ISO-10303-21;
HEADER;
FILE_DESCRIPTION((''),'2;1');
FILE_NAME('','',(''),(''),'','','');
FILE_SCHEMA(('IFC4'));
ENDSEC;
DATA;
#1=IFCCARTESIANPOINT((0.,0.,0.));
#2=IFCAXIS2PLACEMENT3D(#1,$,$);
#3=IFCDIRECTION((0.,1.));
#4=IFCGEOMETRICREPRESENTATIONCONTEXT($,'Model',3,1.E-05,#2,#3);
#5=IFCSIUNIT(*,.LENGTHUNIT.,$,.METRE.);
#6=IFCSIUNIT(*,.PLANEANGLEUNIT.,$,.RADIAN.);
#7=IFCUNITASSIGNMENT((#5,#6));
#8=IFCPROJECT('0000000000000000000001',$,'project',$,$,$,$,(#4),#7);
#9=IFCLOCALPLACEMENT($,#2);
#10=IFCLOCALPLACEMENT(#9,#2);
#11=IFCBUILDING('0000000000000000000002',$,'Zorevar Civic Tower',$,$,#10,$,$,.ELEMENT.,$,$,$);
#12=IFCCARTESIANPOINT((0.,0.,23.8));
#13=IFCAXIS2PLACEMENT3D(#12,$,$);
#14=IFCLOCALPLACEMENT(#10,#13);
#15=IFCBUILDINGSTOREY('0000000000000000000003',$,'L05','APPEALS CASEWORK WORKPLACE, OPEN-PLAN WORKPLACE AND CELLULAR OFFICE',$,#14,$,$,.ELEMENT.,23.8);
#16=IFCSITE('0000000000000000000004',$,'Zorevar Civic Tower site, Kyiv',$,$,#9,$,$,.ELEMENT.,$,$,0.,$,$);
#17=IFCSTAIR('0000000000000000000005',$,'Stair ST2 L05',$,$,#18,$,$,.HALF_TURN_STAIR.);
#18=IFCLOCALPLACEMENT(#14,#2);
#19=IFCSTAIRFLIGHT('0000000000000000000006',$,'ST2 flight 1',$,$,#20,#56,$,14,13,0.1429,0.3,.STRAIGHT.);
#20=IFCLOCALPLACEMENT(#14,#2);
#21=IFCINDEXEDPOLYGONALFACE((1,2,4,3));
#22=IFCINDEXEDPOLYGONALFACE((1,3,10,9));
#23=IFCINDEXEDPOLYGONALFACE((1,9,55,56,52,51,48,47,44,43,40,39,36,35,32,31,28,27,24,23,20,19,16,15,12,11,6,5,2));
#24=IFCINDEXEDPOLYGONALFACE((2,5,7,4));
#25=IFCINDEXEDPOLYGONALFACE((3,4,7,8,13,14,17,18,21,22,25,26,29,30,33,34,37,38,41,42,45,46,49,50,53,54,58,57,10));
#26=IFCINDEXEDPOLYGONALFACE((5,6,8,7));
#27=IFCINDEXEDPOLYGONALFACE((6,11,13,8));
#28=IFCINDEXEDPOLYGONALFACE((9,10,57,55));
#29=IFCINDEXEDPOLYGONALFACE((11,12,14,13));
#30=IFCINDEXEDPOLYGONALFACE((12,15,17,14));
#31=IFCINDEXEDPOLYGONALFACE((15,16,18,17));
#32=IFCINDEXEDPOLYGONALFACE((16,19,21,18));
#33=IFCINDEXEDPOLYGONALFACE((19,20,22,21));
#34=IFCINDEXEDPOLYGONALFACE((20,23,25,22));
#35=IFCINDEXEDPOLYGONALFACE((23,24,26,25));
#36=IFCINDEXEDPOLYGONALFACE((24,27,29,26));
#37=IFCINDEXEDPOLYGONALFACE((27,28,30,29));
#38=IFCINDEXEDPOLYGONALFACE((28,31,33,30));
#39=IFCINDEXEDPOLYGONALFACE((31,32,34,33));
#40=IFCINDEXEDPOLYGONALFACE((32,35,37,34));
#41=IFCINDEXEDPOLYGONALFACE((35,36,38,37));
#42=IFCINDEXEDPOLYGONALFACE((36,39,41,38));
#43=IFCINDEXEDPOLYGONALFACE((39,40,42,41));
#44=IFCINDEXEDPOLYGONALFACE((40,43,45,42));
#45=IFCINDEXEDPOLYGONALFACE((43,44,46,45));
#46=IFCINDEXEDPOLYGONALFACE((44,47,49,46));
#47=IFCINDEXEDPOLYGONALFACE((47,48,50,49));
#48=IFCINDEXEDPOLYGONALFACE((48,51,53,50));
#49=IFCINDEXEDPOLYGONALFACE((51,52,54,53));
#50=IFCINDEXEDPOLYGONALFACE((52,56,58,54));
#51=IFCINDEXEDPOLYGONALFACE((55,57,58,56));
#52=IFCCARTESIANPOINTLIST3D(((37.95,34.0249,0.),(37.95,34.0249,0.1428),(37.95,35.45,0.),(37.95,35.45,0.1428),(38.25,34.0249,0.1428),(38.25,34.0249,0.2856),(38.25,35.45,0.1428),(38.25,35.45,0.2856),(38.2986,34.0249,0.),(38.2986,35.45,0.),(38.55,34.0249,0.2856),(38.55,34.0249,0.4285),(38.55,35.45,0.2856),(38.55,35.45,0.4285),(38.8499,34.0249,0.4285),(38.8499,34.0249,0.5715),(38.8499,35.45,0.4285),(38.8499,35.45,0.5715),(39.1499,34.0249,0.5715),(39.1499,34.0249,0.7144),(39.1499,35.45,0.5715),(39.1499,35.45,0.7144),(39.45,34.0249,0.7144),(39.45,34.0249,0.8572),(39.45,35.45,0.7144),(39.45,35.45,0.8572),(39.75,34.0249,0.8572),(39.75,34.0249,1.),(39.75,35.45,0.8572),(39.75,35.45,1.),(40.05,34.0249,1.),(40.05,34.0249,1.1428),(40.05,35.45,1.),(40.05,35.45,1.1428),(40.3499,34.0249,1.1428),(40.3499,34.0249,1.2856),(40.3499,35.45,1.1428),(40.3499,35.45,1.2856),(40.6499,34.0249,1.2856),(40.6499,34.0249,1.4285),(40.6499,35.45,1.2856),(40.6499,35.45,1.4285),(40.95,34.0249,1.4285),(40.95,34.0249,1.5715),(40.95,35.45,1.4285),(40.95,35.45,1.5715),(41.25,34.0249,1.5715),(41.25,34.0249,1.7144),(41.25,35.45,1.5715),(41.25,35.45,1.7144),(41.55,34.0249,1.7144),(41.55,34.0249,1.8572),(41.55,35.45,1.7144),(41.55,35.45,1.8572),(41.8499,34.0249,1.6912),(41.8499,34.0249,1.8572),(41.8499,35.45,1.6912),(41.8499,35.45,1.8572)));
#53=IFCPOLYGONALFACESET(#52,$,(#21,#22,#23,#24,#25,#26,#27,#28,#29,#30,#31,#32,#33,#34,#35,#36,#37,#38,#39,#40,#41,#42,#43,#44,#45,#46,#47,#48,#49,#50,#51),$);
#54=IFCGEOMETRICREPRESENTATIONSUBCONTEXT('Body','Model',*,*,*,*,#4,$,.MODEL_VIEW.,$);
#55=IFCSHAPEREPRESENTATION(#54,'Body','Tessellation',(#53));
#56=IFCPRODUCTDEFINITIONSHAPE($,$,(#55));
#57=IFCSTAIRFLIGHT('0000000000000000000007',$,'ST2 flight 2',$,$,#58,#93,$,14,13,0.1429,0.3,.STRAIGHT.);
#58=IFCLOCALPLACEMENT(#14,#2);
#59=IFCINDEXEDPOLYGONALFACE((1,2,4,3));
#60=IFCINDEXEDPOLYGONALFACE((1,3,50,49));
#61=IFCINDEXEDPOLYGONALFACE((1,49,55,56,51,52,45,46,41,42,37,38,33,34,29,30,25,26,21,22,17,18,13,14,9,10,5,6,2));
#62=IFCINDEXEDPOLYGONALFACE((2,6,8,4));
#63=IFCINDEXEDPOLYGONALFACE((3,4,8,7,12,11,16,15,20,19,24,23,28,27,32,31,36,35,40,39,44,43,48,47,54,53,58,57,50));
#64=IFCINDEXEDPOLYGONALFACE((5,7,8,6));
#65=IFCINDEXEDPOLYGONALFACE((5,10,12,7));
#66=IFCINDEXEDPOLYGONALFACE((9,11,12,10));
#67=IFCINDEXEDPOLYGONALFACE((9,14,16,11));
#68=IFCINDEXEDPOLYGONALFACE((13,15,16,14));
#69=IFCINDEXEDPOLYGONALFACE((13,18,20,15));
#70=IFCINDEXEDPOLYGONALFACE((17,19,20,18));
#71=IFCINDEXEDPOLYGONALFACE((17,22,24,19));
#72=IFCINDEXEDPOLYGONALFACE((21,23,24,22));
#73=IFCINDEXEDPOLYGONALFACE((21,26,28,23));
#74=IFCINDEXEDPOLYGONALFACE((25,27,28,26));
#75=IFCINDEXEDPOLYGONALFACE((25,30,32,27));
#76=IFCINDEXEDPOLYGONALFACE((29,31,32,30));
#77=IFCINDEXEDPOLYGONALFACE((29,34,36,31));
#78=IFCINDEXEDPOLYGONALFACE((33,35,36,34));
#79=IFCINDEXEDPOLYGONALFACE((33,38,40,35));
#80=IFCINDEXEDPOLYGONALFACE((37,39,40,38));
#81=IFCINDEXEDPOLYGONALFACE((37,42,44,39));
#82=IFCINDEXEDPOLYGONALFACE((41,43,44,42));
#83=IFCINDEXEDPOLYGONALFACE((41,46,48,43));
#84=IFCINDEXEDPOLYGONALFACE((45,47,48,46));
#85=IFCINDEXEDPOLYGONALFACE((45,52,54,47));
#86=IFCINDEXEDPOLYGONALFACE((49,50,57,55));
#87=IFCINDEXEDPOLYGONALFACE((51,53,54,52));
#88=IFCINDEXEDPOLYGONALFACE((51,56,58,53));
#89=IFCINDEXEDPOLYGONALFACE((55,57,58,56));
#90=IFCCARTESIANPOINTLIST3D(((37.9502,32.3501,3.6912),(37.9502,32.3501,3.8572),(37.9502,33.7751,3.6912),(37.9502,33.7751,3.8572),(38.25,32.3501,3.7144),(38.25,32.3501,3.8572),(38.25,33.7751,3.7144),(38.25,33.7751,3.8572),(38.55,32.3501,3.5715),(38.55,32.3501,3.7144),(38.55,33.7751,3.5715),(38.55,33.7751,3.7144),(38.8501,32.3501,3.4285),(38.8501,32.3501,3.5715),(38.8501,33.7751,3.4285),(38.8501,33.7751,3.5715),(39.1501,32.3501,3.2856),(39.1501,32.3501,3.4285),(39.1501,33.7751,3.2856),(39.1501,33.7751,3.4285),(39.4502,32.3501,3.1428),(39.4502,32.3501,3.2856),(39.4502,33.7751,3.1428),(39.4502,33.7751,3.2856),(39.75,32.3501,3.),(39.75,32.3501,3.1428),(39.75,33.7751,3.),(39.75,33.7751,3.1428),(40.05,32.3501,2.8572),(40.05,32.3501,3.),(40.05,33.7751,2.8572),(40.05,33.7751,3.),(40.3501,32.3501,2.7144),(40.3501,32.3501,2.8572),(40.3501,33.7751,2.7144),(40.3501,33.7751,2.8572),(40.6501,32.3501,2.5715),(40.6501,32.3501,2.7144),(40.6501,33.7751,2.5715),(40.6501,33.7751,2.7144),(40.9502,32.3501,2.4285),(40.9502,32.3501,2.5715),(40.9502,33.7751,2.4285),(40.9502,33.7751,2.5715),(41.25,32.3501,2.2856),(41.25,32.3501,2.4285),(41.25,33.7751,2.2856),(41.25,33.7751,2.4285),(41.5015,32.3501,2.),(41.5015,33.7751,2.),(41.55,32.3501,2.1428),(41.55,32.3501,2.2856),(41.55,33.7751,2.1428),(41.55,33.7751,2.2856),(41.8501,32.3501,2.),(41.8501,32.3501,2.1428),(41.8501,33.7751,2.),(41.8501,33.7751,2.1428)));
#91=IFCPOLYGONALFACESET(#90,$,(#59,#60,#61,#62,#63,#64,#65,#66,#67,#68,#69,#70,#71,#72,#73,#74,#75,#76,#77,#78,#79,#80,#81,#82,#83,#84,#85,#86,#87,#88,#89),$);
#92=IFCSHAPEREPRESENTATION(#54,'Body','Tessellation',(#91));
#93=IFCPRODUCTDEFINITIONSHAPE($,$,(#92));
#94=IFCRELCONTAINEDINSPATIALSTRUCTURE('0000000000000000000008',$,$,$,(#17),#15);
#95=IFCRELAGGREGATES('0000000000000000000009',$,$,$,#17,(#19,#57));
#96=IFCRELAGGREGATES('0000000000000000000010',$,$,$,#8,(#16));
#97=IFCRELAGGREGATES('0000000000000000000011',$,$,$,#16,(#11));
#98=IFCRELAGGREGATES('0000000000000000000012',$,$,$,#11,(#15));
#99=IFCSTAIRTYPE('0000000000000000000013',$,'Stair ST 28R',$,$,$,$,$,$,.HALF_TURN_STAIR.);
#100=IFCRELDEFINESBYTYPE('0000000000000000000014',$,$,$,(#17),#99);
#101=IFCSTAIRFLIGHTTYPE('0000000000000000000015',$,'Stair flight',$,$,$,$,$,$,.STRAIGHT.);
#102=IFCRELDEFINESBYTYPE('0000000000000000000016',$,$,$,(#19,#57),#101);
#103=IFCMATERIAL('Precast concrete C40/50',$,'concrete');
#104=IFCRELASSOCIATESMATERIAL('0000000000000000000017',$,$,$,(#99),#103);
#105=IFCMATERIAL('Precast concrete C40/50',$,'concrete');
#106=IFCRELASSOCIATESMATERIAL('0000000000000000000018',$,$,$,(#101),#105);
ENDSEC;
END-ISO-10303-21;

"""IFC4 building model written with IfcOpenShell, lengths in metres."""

from ifc_helpers import new_model, si_unit, direction, frame, origin, place, context, subcontext, project, spatial, polyline, outline, extrude, material, type_object, element, aggregate, save


model = new_model("IFC4")

# Units and contexts
model_context = context("Model", 3, precision=1e-05, world=origin(), true_north=direction((0.0, 1.0)))
body_context = subcontext(model_context, "Body", "Model", "MODEL_VIEW")
ifc_project = project(units=[si_unit("LENGTHUNIT", "METRE"), si_unit("PLANEANGLEUNIT", "RADIAN")], contexts=[model_context])

# Site, building, storey
site_placement = place(None, origin())
site = spatial("IfcSite", under=ifc_project, at=site_placement, Name="Zorevar Civic Tower site, Kyiv", CompositionType="ELEMENT", RefElevation=0.0)
building_placement = place(site_placement, origin())
building = spatial("IfcBuilding", under=site, at=building_placement, Name="Zorevar Civic Tower", CompositionType="ELEMENT")
storey_placement = place(building_placement, frame((0.0, 0.0, 23.8)))
storey = spatial("IfcBuildingStorey", under=building, at=storey_placement, Name="L05", Description="APPEALS CASEWORK WORKPLACE, OPEN-PLAN WORKPLACE AND CELLULAR OFFICE", CompositionType="ELEMENT", Elevation=23.8)

# Stair, stair flights
ifc_material_1 = material(Name="Precast concrete C40/50", Category="concrete")
stair_type = type_object("IfcStairType", Name="Stair ST 28R", PredefinedType="HALF_TURN_STAIR", material=ifc_material_1)
stair_placement = place(storey_placement, origin())
stair = element("IfcStair", 1, at=stair_placement, inside=storey, type_object=stair_type, Name="Stair ST2 L05", PredefinedType="HALF_TURN_STAIR")
ifc_material_2 = material(Name="Precast concrete C40/50", Category="concrete")
stair_flight_type = type_object("IfcStairFlightType", Name="Stair flight", PredefinedType="STRAIGHT", material=ifc_material_2)
stair_flight_1_placement = place(storey_placement, frame((37.95, 34.7375, 0.0), z_axis=(0.0, 0.0, 1.0), x_axis=(1.0, 0.0, 0.0)))
stair_flight_1 = element("IfcStairFlight", 2, at=stair_flight_1_placement, type_object=stair_flight_type, Name="ST2 flight 1", NumberOfRisers=14, NumberOfTreads=13, PredefinedType="STRAIGHT", RiserHeight=0.1429, TreadLength=0.3, context=body_context, shape_type="SweptSolid", body=[
    extrude(outline(polyline([(0.0, 0.0), (0.0, 0.1428), (0.3, 0.1428), (0.3, 0.2856), (0.6001, 0.2856), (0.6001, 0.4285), (0.8999, 0.4285), (0.8999, 0.5715), (1.2, 0.5715), (1.2, 0.7144), (1.5, 0.7144), (1.5, 0.8572), (1.8, 0.8572), (1.8, 1.0), (2.1001, 1.0), (2.1001, 1.1428), (2.3999, 1.1428), (2.3999, 1.2856), (2.7, 1.2856), (2.7, 1.4285), (3.0, 1.4285), (3.0, 1.5715), (3.3, 1.5715), (3.3, 1.7144), (3.6001, 1.7144), (3.6001, 1.8572), (3.8999, 1.8572), (3.8999, 2.0), (3.8999, 1.6912), (0.3486, 0.0), (0.0, 0.0)])), frame((0.0, 0.7124, 0.0), z_axis=(0.0, -1.0, 0.0), x_axis=(1.0, 0.0, 0.0)), (0.0, 0.0, 1.0), 1.425),
])
stair_flight_2_placement = place(storey_placement, frame((41.8501, 33.0625, 2.0), z_axis=(0.0, 0.0, 1.0), x_axis=(-1.0, 0.0, 0.0)))
stair_flight_2 = element("IfcStairFlight", 3, at=stair_flight_2_placement, type_object=stair_flight_type, Name="ST2 flight 2", NumberOfRisers=14, NumberOfTreads=13, PredefinedType="STRAIGHT", RiserHeight=0.1429, TreadLength=0.3, context=body_context, shape_type="SweptSolid", body=[
    extrude(outline(polyline([(0.0, 0.0), (0.0, 0.1428), (0.3, 0.1428), (0.3, 0.2856), (0.6001, 0.2856), (0.6001, 0.4285), (0.8999, 0.4285), (0.8999, 0.5715), (1.2, 0.5715), (1.2, 0.7144), (1.5, 0.7144), (1.5, 0.8572), (1.8, 0.8572), (1.8, 1.0), (2.1001, 1.0), (2.1001, 1.1428), (2.3999, 1.1428), (2.3999, 1.2856), (2.7, 1.2856), (2.7, 1.4285), (3.0, 1.4285), (3.0, 1.5715), (3.3, 1.5715), (3.3, 1.7144), (3.6001, 1.7144), (3.6001, 1.8572), (3.8999, 1.8572), (3.8999, 2.0), (3.8999, 1.6912), (0.3486, 0.0), (0.0, 0.0)])), frame((0.0, 0.7124, 0.0), z_axis=(0.0, -1.0, 0.0), x_axis=(1.0, 0.0, 0.0)), (0.0, 0.0, 1.0), 1.425),
])
aggregate(stair, [stair_flight_1, stair_flight_2])

save(model, "model.ifc")
